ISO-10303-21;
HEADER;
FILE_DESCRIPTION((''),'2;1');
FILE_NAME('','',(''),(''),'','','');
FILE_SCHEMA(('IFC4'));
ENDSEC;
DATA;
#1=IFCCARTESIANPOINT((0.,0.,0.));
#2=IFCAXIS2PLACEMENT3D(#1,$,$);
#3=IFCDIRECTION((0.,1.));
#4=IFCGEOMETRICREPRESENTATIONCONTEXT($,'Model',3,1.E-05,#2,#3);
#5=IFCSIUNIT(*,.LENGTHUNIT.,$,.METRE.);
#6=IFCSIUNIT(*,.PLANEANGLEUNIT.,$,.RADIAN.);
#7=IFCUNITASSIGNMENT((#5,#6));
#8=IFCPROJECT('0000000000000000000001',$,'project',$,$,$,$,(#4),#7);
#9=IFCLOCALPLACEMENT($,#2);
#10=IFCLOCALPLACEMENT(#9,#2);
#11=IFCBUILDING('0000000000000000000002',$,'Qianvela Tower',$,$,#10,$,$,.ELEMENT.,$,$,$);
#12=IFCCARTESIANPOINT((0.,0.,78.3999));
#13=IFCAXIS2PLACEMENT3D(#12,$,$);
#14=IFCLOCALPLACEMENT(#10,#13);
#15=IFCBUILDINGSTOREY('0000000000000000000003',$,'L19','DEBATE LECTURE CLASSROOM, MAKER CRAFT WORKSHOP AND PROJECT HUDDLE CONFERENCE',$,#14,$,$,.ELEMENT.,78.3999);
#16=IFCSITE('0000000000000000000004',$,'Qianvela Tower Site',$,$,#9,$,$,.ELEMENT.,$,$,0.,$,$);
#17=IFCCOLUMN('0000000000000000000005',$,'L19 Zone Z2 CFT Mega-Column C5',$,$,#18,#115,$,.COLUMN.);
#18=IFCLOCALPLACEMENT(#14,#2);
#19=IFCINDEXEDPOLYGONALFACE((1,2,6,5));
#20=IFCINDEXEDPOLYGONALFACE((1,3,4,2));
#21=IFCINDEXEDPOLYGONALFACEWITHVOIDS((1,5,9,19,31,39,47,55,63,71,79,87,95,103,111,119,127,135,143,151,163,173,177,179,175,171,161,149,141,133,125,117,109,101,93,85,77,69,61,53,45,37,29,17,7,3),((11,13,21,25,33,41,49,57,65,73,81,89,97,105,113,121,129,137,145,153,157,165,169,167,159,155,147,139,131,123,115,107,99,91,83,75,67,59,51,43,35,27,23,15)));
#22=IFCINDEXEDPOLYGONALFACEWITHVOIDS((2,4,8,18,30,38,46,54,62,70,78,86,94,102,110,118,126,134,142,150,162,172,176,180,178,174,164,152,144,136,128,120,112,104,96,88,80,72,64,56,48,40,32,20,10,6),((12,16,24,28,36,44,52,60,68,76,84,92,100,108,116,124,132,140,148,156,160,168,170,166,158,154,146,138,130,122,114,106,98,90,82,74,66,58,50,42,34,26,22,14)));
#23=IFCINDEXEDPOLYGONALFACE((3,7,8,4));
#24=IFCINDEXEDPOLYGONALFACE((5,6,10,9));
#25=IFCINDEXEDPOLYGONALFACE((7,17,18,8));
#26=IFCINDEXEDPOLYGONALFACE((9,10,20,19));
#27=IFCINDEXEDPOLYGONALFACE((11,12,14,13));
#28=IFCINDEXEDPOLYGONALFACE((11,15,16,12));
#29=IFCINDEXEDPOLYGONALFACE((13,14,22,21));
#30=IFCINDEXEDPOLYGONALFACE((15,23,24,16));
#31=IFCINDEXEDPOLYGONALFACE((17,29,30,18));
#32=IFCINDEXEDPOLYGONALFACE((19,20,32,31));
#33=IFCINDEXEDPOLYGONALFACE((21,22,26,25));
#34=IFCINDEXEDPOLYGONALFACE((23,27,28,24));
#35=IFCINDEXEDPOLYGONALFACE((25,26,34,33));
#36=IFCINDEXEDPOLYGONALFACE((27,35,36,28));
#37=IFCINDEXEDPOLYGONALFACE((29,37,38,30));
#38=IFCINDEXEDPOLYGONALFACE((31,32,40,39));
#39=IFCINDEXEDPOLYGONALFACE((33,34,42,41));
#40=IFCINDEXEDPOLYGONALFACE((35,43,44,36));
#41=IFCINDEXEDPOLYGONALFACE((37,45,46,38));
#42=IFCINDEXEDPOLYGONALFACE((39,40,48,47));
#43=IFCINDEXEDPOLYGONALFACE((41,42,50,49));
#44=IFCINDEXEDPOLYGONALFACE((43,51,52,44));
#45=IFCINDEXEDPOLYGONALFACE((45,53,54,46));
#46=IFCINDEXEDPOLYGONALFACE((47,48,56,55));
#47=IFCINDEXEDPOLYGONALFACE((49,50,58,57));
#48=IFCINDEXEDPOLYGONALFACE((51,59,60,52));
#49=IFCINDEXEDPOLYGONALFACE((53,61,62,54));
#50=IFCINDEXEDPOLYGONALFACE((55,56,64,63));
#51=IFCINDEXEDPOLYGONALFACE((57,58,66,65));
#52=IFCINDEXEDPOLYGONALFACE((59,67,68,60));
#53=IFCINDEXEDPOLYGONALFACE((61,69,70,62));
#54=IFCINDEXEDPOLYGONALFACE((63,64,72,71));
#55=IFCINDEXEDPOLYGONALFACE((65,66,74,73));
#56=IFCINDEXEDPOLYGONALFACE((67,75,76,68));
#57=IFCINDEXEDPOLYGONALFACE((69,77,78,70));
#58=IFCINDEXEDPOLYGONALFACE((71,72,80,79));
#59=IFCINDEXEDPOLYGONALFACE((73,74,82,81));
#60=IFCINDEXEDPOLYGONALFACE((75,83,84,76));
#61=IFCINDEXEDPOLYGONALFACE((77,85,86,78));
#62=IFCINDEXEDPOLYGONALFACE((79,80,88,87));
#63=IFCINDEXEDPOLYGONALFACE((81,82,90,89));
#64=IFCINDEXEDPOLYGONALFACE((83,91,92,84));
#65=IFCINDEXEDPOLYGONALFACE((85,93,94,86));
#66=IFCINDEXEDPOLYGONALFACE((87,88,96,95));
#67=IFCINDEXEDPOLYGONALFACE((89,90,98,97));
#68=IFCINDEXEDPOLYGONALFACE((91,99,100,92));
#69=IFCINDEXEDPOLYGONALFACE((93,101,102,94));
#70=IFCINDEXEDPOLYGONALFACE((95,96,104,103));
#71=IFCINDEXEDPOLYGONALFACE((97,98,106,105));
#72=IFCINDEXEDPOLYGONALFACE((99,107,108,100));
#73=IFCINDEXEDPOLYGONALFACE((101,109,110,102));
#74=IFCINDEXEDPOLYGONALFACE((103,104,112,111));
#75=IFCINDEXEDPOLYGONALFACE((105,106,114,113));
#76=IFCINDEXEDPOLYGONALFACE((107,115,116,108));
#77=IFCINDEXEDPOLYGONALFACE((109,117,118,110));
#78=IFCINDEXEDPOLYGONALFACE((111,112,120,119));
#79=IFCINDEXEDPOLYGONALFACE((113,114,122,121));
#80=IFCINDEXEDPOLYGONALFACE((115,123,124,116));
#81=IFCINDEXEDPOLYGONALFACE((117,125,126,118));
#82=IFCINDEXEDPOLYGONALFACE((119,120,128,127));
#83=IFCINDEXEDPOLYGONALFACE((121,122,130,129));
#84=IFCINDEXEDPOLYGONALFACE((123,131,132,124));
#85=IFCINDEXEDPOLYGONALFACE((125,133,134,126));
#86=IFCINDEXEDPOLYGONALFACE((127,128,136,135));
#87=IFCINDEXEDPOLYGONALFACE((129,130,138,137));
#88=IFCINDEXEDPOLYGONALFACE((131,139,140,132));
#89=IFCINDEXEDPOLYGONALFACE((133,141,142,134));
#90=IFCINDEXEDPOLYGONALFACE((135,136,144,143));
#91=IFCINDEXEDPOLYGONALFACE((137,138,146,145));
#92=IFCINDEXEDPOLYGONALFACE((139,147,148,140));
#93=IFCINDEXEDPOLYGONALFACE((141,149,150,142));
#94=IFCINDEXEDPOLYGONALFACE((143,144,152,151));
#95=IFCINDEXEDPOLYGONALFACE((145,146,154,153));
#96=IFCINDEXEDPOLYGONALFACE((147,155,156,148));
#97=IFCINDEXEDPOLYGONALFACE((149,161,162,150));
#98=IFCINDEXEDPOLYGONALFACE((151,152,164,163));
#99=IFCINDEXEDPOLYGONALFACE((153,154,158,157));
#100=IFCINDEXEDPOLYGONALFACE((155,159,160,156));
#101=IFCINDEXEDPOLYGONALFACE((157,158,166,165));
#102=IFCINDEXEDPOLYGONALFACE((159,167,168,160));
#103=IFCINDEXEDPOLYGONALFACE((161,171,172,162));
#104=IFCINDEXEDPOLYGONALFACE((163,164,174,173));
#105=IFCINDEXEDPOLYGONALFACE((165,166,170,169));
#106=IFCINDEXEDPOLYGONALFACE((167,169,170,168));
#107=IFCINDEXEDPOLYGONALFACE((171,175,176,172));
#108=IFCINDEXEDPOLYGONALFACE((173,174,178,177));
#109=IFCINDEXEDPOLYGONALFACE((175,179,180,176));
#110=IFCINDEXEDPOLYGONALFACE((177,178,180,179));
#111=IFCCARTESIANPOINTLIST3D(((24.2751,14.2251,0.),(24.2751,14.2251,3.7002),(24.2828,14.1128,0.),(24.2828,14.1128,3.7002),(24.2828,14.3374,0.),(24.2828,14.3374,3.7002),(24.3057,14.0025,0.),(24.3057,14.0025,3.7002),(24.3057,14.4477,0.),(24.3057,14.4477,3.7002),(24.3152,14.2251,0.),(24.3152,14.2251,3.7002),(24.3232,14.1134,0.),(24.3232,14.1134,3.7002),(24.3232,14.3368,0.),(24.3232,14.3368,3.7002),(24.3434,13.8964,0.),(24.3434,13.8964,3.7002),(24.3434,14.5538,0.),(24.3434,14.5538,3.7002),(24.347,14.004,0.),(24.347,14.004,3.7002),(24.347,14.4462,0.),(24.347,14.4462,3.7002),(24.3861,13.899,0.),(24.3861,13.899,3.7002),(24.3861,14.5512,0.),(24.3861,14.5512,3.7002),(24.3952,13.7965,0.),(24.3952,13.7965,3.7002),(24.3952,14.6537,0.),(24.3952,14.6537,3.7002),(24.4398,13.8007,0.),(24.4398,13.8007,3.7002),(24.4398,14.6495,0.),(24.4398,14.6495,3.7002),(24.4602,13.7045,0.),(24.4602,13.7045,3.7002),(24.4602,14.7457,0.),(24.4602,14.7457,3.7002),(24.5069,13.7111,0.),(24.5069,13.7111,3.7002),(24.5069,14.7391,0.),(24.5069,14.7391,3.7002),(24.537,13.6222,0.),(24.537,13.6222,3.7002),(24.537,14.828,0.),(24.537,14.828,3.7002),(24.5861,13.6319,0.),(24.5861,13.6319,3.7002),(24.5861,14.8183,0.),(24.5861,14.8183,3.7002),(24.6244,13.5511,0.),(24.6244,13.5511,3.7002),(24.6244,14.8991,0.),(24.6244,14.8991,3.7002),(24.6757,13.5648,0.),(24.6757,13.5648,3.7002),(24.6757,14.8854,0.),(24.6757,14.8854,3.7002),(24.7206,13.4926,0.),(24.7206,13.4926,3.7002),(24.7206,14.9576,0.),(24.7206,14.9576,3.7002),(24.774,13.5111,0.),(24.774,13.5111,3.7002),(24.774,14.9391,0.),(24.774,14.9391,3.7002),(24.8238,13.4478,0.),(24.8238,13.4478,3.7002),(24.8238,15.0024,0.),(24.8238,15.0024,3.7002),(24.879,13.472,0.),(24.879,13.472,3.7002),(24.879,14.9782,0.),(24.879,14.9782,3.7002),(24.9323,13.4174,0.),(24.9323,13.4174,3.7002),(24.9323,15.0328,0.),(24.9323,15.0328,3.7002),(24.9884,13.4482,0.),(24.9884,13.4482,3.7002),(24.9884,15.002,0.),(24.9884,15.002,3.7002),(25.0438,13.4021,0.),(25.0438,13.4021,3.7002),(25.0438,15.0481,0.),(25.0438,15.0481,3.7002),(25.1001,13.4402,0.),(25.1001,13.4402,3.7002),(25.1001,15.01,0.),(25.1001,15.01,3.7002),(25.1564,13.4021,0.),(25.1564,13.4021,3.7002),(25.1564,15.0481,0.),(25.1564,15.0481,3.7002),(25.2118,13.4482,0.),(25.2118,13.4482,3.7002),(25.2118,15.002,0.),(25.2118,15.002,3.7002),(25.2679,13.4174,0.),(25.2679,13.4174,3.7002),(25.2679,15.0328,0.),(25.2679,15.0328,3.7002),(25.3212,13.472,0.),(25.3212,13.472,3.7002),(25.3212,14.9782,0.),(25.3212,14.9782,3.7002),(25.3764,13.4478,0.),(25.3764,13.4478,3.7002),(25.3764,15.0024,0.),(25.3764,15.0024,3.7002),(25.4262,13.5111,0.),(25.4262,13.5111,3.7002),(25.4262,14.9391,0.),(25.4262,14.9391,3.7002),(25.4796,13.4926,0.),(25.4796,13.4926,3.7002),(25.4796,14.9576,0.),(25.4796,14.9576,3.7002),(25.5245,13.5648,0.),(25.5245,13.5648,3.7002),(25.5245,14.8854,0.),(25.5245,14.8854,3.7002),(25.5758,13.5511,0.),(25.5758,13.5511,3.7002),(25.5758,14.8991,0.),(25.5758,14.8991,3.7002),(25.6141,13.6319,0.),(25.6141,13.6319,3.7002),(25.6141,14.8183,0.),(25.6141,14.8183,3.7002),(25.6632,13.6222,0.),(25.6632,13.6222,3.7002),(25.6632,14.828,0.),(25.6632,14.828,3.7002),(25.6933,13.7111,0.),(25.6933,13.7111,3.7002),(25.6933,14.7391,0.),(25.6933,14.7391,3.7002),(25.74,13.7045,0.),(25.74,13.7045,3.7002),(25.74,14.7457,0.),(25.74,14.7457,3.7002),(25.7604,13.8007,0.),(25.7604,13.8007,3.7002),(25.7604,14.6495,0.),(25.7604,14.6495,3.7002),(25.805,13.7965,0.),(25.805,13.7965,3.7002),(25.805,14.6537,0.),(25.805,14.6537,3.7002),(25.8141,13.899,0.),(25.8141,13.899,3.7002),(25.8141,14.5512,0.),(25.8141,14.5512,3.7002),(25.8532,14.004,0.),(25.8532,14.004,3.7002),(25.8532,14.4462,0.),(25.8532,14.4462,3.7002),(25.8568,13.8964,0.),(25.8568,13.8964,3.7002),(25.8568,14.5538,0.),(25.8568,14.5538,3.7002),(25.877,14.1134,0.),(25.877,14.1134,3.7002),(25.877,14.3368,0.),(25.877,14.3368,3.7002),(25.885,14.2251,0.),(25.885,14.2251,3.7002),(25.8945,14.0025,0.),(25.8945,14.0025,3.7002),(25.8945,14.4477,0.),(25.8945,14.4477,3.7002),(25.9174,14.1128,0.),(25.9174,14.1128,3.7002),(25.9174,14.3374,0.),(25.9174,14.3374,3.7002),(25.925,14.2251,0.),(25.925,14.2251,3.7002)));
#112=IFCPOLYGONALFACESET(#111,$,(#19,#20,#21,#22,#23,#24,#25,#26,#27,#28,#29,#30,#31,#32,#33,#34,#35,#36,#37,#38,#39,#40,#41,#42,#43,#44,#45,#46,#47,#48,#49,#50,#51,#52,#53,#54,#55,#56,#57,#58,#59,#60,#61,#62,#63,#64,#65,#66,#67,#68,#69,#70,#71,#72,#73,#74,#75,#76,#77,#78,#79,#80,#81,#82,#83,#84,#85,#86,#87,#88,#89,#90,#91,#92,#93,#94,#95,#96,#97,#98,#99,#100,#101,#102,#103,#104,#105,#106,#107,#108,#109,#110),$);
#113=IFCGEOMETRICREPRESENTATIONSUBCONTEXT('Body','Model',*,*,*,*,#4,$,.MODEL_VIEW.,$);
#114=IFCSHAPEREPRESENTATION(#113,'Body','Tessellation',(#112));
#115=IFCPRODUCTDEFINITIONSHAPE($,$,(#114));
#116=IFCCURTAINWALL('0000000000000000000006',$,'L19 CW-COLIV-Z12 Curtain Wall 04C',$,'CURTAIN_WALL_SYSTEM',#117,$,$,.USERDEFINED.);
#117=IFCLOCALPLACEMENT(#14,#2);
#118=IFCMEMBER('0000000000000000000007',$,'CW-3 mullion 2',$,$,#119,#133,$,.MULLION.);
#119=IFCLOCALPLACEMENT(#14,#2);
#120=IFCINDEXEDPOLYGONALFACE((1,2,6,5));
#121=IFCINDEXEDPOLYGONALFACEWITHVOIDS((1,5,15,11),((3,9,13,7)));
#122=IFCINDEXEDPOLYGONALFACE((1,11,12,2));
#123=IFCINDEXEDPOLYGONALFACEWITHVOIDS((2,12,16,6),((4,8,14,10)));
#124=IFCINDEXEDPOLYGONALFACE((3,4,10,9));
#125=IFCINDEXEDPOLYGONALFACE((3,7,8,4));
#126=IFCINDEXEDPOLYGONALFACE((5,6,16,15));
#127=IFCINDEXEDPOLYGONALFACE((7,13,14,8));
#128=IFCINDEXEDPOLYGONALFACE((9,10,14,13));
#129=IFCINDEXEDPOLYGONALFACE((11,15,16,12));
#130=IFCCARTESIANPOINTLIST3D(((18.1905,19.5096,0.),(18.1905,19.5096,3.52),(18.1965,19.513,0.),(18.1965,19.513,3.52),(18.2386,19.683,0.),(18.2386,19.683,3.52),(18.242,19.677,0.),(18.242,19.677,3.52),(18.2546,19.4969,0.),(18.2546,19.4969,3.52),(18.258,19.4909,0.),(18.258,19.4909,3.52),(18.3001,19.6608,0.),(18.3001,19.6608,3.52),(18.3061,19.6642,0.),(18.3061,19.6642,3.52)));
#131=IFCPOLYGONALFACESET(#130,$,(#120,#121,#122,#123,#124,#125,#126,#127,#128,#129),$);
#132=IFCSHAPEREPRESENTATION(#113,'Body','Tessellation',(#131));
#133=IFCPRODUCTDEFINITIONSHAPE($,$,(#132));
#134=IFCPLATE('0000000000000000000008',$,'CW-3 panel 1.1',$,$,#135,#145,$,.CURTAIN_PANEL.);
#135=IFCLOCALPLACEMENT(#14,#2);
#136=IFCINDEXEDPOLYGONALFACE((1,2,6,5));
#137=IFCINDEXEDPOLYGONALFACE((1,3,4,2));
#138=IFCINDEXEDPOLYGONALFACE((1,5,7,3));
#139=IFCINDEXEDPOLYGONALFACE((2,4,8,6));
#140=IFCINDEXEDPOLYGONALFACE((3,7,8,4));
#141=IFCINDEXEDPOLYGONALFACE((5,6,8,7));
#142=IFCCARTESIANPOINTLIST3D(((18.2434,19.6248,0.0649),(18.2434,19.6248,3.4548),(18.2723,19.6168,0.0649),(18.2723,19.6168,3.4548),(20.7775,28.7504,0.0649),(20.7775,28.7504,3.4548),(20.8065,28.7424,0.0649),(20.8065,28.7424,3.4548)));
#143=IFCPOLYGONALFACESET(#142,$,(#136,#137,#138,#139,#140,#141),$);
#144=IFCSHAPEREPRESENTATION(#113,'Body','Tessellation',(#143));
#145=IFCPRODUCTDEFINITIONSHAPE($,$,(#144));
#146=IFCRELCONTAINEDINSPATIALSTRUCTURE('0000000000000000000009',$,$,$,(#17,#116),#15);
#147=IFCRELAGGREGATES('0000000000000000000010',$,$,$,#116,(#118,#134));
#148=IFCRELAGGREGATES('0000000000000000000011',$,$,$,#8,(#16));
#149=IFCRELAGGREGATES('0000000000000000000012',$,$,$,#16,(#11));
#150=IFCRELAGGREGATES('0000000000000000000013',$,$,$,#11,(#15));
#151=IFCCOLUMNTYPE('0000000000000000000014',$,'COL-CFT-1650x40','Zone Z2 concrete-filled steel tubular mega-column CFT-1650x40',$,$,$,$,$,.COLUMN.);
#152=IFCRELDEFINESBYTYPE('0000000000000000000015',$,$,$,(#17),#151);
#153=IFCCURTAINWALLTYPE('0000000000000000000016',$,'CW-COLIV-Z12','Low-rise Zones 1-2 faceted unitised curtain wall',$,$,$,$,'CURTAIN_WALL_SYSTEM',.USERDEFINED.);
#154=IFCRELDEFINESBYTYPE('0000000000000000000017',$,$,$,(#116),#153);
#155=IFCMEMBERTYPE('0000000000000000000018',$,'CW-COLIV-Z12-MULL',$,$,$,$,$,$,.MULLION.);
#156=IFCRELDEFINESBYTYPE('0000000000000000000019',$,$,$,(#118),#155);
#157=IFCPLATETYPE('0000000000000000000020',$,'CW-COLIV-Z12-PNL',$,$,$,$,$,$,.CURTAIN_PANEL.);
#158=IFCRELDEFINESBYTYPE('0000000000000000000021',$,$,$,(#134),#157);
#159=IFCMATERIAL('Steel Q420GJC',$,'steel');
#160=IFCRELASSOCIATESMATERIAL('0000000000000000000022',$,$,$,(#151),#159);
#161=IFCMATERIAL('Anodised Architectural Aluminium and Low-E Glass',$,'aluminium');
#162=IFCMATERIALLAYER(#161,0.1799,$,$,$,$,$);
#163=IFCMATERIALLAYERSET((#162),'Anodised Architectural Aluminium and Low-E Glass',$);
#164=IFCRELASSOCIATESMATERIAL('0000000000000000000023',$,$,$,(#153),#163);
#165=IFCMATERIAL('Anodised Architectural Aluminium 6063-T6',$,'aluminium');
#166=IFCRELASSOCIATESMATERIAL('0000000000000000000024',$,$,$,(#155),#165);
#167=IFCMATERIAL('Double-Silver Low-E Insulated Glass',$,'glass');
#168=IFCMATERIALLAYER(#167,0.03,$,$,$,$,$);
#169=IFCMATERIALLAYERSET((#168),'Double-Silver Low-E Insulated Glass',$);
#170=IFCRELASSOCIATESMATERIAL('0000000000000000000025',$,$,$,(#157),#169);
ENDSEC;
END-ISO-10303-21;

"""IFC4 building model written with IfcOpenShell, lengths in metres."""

from ifc_helpers import new_model, si_unit, direction, frame, origin, origin_2d, place, context, subcontext, project, spatial, rectangle, hollow_rectangle, hollow_circle, extrude, material, layer, layer_set, material_profile, profile_set, type_object, element, aggregate, save


model = new_model("IFC4")

# Units and contexts
model_context = context("Model", 3, precision=1e-05, world=origin(), true_north=direction((0.0, 1.0)))
body_context = subcontext(model_context, "Body", "Model", "MODEL_VIEW")
ifc_project = project(units=[si_unit("LENGTHUNIT", "METRE"), si_unit("PLANEANGLEUNIT", "RADIAN")], contexts=[model_context])

# Site, building, storey
site_placement = place(None, origin())
site = spatial("IfcSite", under=ifc_project, at=site_placement, Name="Qianvela Tower Site", CompositionType="ELEMENT", RefElevation=0.0)
building_placement = place(site_placement, origin())
building = spatial("IfcBuilding", under=site, at=building_placement, Name="Qianvela Tower", CompositionType="ELEMENT")
storey_placement = place(building_placement, frame((0.0, 0.0, 78.3999)))
storey = spatial("IfcBuildingStorey", under=building, at=storey_placement, Name="L19", Description="DEBATE LECTURE CLASSROOM, MAKER CRAFT WORKSHOP AND PROJECT HUDDLE CONFERENCE", CompositionType="ELEMENT", Elevation=78.3999)

# Column
ifc_material_1 = material(Name="Steel Q420GJC", Category="steel")
ifc_material_profile_1 = material_profile(ifc_material_1, hollow_circle(Radius=0.825, WallThickness=0.04, at=origin_2d()), Name="CFT-1650x40")
ifc_profile_set_1 = profile_set([ifc_material_profile_1], Name="Steel Q420GJC")
column_type = type_object("IfcColumnType", Name="COL-CFT-1650x40", Description="Zone Z2 concrete-filled steel tubular mega-column CFT-1650x40", PredefinedType="COLUMN", material=ifc_profile_set_1)
column_placement = place(storey_placement, frame((25.1001, 14.2251, 0.0), z_axis=(0.0, 0.0, 1.0), x_axis=(1.0, 0.0, 0.0)))
element("IfcColumn", 1, at=column_placement, inside=storey, type_object=column_type, Name="L19 Zone Z2 CFT Mega-Column C5", PredefinedType="COLUMN", context=body_context, shape_type="SweptSolid", body=[
    extrude(hollow_circle(Radius=0.825, WallThickness=0.04, at=origin_2d()), origin(), (0.0, 0.0, 1.0), 3.7002),
])

# Curtain wall, member, plate
ifc_material_2 = material(Name="Anodised Architectural Aluminium and Low-E Glass", Category="aluminium")
ifc_layer_1 = layer(ifc_material_2, 0.1799)
ifc_layer_set_1 = layer_set([ifc_layer_1], Name="Anodised Architectural Aluminium and Low-E Glass")
curtain_wall_type = type_object("IfcCurtainWallType", Name="CW-COLIV-Z12", Description="Low-rise Zones 1-2 faceted unitised curtain wall", ElementType="CURTAIN_WALL_SYSTEM", PredefinedType="USERDEFINED", material=ifc_layer_set_1)
curtain_wall_placement = place(storey_placement, origin())
curtain_wall = element("IfcCurtainWall", 2, at=curtain_wall_placement, inside=storey, type_object=curtain_wall_type, Name="L19 CW-COLIV-Z12 Curtain Wall 04C", ObjectType="CURTAIN_WALL_SYSTEM", PredefinedType="USERDEFINED")
ifc_material_3 = material(Name="Anodised Architectural Aluminium 6063-T6", Category="aluminium")
ifc_material_profile_2 = material_profile(ifc_material_3, hollow_rectangle(XDim=0.0701, YDim=0.1799, WallThickness=0.0049, at=origin_2d()), Name="ALU-MULL-70x180")
ifc_profile_set_2 = profile_set([ifc_material_profile_2], Name="Anodised Architectural Aluminium 6063-T6")
member_type = type_object("IfcMemberType", Name="CW-COLIV-Z12-MULL", PredefinedType="MULLION", material=ifc_profile_set_2)
member_placement = place(storey_placement, frame((18.2483, 19.5869, 0.0), z_axis=(0.0, 0.0, 1.0), x_axis=(0.963538, -0.267573, 0.0)))
member = element("IfcMember", 3, at=member_placement, type_object=member_type, Name="CW-3 mullion 2", PredefinedType="MULLION", context=body_context, shape_type="SweptSolid", body=[
    extrude(hollow_rectangle(XDim=0.0701, YDim=0.1799, WallThickness=0.0049, at=origin_2d()), origin(), (0.0, 0.0, 1.0), 3.52),
])
ifc_material_4 = material(Name="Double-Silver Low-E Insulated Glass", Category="glass")
ifc_layer_2 = layer(ifc_material_4, 0.03)
ifc_layer_set_2 = layer_set([ifc_layer_2], Name="Double-Silver Low-E Insulated Glass")
plate_type_1 = type_object("IfcPlateType", Name="CW-COLIV-Z12-PNL", PredefinedType="CURTAIN_PANEL", material=ifc_layer_set_2)
plate_placement = place(storey_placement, frame((19.5249, 24.1836, 0.0649), z_axis=(0.0, 0.0, 1.0), x_axis=(-0.267573, -0.963538, 0.0)))
plate = element("IfcPlate", 4, at=plate_placement, type_object=plate_type_1, Name="CW-3 panel 1.1", PredefinedType="CURTAIN_PANEL", context=body_context, shape_type="SweptSolid", body=[
    extrude(rectangle(XDim=9.4709, YDim=0.03, at=origin_2d()), origin(), (0.0, 0.0, 1.0), 3.3899),
])
aggregate(curtain_wall, [member, plate])

save(model, "model.ifc")
